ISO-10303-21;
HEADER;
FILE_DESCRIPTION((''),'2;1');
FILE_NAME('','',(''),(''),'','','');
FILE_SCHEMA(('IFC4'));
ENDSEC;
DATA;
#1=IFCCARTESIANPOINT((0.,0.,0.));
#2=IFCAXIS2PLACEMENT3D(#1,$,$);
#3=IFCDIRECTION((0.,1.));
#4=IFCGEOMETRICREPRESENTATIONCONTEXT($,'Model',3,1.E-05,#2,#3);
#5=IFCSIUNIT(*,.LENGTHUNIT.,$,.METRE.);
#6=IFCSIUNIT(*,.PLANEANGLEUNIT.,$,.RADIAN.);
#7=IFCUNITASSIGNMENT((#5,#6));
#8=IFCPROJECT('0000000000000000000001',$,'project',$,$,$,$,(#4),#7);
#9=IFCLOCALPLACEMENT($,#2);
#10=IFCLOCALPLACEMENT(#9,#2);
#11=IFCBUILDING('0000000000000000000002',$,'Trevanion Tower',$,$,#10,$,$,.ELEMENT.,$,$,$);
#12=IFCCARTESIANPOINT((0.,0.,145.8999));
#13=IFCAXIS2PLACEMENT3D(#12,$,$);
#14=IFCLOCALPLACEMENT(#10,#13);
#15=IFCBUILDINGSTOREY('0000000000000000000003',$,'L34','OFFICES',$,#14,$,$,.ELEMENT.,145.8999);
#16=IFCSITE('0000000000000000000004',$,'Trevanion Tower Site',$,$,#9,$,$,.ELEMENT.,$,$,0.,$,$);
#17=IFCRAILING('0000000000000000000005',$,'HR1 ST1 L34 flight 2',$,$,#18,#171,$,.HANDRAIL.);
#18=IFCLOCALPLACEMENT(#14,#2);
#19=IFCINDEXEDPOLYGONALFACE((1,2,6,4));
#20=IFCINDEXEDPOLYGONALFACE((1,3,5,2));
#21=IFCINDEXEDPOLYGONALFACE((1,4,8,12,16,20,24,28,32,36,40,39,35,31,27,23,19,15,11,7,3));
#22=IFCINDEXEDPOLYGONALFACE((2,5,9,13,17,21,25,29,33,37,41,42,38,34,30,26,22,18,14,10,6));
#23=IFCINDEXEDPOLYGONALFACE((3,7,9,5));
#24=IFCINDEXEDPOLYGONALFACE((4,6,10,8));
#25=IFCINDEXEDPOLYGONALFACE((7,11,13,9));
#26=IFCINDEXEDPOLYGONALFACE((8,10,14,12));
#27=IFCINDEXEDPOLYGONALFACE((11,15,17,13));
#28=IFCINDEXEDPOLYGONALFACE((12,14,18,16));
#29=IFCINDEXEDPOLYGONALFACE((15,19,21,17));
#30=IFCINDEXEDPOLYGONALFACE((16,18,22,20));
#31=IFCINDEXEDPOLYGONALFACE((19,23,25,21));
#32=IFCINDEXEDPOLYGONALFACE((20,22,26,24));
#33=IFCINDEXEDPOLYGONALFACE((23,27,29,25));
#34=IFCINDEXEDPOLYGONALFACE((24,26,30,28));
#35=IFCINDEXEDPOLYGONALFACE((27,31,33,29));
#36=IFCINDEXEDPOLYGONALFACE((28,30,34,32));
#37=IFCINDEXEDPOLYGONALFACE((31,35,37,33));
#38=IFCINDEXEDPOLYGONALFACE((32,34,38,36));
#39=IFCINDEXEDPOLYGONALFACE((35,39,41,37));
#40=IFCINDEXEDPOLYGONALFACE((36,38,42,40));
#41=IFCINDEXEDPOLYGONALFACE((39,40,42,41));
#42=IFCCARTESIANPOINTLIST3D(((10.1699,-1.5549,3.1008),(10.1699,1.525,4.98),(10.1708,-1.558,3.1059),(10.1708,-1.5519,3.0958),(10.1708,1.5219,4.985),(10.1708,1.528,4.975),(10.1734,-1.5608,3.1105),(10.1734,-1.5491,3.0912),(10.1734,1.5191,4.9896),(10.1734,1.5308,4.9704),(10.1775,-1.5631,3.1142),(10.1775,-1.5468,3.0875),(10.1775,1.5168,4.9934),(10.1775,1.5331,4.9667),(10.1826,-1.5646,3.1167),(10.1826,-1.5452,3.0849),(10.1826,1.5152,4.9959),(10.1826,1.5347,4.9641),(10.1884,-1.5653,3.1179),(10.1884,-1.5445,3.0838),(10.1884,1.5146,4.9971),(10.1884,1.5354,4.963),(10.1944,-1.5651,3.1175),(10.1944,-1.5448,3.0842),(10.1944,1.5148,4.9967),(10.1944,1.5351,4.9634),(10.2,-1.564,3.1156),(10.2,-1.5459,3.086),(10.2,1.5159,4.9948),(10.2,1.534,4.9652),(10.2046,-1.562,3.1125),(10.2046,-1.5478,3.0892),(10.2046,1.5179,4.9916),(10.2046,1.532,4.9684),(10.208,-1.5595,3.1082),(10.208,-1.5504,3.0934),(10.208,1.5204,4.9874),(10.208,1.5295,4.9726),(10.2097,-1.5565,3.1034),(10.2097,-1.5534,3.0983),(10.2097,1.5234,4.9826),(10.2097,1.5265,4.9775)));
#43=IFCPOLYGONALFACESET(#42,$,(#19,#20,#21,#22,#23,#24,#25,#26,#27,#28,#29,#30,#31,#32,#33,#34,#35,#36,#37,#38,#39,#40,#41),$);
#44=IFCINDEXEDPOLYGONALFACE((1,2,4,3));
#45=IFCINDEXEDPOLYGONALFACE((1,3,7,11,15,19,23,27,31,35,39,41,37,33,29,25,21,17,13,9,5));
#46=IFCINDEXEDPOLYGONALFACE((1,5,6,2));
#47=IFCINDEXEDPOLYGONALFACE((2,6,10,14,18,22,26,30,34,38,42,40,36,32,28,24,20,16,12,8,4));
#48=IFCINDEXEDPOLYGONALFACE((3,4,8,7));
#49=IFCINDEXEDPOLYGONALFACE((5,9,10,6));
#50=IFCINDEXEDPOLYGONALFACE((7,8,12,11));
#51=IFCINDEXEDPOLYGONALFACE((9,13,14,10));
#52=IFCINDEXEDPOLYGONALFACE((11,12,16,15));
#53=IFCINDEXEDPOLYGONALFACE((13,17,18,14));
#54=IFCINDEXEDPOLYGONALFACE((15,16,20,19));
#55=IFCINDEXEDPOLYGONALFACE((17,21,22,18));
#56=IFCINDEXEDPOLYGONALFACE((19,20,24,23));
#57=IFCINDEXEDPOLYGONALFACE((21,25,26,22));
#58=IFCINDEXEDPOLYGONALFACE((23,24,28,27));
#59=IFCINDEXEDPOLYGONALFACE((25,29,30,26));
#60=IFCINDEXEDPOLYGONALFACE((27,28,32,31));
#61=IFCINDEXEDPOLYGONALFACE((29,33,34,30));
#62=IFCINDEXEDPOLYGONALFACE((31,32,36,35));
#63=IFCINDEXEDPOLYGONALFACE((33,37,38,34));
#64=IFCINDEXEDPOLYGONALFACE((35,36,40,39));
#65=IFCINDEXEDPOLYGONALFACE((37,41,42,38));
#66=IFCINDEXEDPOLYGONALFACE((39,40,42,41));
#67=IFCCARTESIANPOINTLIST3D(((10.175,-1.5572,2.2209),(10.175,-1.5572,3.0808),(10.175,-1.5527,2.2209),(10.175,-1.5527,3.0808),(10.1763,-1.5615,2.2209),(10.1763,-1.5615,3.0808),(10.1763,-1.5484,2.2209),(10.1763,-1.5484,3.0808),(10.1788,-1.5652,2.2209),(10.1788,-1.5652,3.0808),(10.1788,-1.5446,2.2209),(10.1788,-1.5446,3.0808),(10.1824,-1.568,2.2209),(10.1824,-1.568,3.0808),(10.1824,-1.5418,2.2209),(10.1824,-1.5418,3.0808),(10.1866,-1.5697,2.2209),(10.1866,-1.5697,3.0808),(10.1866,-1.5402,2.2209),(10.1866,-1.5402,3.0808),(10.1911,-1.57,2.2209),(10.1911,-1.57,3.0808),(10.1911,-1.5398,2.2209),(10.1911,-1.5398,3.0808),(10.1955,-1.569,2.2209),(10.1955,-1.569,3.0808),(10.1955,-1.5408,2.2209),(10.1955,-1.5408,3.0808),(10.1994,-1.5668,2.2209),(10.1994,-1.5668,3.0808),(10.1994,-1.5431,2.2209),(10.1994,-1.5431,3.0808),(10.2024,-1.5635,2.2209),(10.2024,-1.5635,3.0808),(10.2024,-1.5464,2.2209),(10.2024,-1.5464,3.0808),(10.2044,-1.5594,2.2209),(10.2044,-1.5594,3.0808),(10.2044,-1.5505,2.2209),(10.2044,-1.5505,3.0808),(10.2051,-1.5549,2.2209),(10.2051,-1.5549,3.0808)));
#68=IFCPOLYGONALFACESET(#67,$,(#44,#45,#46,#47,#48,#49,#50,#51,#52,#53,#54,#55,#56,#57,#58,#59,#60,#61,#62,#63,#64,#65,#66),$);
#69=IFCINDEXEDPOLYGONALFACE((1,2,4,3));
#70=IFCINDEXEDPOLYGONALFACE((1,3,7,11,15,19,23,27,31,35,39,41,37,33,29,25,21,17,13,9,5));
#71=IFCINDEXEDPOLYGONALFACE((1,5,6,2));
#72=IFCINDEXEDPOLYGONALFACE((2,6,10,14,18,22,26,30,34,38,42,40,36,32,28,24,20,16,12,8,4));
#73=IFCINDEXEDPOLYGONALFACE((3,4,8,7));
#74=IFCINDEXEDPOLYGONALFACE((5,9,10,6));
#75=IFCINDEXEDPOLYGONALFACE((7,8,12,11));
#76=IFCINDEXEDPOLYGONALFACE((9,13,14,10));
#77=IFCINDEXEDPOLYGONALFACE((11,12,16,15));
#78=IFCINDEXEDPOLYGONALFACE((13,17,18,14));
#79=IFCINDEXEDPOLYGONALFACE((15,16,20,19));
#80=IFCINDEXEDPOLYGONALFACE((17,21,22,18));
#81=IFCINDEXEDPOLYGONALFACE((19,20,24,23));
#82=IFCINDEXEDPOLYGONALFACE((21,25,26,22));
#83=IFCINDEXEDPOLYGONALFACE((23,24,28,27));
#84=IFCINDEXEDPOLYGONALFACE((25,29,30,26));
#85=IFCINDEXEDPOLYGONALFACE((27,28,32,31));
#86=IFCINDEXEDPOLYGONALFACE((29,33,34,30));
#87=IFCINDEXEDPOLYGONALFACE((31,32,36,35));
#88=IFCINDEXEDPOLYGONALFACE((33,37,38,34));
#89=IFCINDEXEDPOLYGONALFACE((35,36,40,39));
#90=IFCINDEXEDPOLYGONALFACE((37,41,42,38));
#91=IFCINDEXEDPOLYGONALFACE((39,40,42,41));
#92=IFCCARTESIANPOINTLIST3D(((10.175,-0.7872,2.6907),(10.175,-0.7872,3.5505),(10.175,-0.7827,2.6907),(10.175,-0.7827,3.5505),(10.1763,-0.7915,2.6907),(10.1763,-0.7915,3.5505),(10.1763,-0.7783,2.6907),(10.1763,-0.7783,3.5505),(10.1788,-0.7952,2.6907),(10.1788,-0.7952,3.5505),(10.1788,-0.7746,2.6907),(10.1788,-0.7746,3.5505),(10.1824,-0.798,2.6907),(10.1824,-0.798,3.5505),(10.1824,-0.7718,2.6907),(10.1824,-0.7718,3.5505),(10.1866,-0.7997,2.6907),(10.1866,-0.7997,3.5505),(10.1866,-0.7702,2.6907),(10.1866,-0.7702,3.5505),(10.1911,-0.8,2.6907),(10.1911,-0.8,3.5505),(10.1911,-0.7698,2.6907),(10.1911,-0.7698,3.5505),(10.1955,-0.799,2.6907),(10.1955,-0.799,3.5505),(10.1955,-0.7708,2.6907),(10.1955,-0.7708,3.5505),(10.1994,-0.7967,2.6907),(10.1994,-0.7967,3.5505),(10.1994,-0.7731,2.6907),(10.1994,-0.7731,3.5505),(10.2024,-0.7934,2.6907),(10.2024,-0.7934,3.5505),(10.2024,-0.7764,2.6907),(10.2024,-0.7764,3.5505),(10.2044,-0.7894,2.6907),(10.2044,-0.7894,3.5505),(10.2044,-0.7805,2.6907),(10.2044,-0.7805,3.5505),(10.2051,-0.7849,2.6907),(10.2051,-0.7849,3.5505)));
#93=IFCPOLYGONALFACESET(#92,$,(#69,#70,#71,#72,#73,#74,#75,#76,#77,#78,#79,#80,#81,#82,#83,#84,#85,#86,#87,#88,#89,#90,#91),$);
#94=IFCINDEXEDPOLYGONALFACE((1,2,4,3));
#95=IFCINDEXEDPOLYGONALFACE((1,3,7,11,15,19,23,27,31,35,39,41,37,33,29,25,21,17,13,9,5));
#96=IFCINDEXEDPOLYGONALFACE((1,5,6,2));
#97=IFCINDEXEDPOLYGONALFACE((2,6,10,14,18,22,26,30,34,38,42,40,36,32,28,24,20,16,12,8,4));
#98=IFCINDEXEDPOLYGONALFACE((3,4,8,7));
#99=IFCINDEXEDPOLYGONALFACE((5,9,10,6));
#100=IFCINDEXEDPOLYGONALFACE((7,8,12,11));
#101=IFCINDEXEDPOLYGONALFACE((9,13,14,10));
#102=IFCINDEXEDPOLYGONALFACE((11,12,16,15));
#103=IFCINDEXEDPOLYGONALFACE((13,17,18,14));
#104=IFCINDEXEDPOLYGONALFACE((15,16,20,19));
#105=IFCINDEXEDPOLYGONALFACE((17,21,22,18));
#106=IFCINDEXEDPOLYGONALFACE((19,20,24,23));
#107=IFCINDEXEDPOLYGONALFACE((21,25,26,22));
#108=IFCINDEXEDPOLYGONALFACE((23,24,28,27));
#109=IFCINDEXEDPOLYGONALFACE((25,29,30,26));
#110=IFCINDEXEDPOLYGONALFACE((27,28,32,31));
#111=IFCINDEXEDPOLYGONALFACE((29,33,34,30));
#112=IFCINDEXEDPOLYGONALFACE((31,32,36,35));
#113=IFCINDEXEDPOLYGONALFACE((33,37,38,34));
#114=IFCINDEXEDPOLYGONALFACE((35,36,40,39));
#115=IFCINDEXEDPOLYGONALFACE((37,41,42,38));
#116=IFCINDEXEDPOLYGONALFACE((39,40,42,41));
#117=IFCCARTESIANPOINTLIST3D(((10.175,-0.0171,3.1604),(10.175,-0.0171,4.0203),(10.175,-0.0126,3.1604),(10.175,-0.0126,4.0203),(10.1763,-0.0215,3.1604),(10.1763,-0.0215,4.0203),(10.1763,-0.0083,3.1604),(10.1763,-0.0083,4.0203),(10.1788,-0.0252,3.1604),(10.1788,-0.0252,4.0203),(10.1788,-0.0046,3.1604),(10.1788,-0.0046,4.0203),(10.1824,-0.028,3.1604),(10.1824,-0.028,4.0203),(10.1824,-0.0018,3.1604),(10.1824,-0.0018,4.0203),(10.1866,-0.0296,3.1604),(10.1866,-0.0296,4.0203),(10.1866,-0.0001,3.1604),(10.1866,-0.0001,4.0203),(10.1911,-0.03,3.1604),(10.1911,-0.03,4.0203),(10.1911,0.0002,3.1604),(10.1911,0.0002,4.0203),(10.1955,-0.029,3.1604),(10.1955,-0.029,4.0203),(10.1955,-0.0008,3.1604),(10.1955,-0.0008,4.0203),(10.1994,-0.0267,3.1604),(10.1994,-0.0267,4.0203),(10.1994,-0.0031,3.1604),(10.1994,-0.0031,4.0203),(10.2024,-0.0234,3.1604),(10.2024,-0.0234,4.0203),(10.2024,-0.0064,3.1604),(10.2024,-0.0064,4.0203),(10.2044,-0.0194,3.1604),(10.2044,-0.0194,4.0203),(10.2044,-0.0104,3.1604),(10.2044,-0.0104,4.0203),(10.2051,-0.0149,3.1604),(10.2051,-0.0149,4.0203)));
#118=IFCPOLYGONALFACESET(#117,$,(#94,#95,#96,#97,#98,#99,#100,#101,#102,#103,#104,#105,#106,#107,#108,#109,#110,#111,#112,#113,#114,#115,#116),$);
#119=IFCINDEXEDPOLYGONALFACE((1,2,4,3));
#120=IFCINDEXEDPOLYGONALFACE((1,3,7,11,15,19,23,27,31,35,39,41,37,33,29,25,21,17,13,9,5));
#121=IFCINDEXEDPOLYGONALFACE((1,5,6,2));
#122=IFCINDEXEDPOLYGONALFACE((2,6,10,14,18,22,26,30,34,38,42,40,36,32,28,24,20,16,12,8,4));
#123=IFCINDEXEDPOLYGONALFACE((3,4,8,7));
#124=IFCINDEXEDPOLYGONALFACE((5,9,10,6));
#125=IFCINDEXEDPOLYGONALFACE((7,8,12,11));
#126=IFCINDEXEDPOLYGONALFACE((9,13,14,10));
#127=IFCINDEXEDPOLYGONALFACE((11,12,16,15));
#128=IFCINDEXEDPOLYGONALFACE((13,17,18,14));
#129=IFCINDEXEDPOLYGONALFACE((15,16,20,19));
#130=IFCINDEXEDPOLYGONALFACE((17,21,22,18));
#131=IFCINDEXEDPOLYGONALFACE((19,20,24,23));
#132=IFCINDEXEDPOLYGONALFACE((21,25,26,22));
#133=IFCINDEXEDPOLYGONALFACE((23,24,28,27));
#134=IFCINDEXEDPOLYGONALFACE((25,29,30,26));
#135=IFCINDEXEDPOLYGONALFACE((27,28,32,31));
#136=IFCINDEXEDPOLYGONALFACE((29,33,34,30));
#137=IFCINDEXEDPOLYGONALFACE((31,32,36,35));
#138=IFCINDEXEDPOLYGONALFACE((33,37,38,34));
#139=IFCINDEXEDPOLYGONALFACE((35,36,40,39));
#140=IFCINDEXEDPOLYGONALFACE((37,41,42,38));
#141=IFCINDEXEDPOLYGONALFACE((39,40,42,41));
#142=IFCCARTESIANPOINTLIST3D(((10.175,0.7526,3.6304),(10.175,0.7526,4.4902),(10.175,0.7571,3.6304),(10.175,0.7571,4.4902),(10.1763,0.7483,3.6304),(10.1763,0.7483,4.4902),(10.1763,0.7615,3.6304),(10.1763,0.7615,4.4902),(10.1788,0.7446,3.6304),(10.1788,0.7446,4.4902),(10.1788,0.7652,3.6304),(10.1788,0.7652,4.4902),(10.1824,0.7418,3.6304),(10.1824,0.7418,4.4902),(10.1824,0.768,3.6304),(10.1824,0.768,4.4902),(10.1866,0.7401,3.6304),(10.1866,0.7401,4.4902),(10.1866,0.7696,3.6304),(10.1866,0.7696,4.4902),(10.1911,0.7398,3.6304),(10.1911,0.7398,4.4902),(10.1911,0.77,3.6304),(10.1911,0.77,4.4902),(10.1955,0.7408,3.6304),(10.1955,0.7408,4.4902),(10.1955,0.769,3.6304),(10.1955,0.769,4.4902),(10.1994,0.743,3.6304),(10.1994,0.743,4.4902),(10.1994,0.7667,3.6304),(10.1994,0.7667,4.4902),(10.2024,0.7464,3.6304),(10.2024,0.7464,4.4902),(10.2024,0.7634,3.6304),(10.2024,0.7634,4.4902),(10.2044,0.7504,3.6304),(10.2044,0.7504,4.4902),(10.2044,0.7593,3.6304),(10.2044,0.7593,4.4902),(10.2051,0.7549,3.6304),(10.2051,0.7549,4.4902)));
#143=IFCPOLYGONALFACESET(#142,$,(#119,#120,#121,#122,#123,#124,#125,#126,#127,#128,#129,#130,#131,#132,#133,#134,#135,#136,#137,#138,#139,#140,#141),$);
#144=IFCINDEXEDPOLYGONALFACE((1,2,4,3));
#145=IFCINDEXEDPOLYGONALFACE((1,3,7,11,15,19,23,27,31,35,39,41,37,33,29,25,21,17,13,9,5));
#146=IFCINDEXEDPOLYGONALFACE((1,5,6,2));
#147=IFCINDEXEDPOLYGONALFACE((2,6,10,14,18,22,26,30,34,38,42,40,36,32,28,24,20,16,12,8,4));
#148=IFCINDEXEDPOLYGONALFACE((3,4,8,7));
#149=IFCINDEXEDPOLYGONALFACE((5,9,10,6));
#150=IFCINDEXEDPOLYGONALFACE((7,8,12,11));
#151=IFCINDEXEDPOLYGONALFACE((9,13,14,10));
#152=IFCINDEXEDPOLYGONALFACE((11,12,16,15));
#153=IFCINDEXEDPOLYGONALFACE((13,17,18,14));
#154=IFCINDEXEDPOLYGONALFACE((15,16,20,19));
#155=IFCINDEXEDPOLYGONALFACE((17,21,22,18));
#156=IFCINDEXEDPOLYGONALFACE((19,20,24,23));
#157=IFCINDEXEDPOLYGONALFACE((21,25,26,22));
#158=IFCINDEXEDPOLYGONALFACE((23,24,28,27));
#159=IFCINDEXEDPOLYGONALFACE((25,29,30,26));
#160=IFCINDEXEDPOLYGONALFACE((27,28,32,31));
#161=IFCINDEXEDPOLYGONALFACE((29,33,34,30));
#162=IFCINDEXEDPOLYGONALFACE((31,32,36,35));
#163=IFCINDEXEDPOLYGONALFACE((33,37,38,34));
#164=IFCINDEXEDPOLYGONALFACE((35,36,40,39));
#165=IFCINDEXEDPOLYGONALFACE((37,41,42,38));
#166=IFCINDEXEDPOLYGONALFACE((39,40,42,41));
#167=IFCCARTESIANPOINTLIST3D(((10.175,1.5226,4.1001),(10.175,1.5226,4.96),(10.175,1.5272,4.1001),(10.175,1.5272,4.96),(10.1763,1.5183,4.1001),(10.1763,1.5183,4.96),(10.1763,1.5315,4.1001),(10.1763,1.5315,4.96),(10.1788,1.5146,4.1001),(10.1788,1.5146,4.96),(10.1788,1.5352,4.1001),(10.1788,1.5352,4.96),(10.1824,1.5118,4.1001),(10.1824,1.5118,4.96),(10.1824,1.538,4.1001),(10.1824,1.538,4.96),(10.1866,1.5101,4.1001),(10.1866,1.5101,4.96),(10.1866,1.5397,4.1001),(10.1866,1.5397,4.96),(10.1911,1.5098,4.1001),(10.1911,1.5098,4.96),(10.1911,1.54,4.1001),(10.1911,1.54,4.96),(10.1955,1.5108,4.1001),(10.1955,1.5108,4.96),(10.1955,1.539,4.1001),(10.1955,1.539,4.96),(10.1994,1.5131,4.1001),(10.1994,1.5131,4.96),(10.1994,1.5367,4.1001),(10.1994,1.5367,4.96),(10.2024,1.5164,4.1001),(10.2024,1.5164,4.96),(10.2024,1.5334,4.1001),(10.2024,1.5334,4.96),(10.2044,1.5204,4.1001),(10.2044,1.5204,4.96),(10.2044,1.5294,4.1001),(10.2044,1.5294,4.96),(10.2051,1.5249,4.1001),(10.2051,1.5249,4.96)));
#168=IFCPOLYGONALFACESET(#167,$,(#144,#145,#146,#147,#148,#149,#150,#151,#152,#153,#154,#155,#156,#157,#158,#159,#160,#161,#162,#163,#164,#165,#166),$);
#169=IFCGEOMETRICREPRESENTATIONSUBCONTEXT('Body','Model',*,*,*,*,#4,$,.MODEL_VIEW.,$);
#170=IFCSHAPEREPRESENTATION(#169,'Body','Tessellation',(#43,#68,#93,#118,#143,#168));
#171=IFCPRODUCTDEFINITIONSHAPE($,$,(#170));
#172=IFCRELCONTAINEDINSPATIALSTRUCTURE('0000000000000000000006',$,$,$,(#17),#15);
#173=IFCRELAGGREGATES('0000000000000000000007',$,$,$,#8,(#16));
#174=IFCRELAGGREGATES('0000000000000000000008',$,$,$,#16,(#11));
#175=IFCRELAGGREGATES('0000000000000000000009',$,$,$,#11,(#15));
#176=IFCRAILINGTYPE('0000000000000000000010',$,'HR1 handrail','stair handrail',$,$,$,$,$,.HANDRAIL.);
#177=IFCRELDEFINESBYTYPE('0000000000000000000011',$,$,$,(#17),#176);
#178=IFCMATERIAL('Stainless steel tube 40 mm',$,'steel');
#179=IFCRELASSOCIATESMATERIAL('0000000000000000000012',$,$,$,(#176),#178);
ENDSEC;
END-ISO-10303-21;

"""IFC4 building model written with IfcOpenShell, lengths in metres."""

from ifc_helpers import new_model, si_unit, direction, frame, origin, origin_2d, place, context, subcontext, project, spatial, circle, extrude, material, type_object, element, save


model = new_model("IFC4")

# Units and contexts
model_context = context("Model", 3, precision=1e-05, world=origin(), true_north=direction((0.0, 1.0)))
body_context = subcontext(model_context, "Body", "Model", "MODEL_VIEW")
ifc_project = project(units=[si_unit("LENGTHUNIT", "METRE"), si_unit("PLANEANGLEUNIT", "RADIAN")], contexts=[model_context])

# Site, building, storey
site_placement = place(None, origin())
site = spatial("IfcSite", under=ifc_project, at=site_placement, Name="Trevanion Tower Site", CompositionType="ELEMENT", RefElevation=0.0)
building_placement = place(site_placement, origin())
building = spatial("IfcBuilding", under=site, at=building_placement, Name="Trevanion Tower", CompositionType="ELEMENT")
storey_placement = place(building_placement, frame((0.0, 0.0, 145.8999)))
storey = spatial("IfcBuildingStorey", under=building, at=storey_placement, Name="L34", Description="OFFICES", CompositionType="ELEMENT", Elevation=145.8999)

# Railing
ifc_material_1 = material(Name="Stainless steel tube 40 mm", Category="steel")
railing_type = type_object("IfcRailingType", Name="HR1 handrail", Description="stair handrail", PredefinedType="HANDRAIL", material=ifc_material_1)
for number, where, name in (
    (1, (10.1899, -1.5549, 2.2209), "HR1 ST1 L34 flight 2"),
):
    element("IfcRailing", number, at=place(storey_placement, frame(where)), inside=storey, type_object=railing_type, Name=name, PredefinedType="HANDRAIL", context=body_context, shape_type="SweptSolid", body=[
        extrude(circle(Radius=0.02, at=origin_2d()), frame((0.0, 0.0, 0.8799), z_axis=(0.0, 0.853648, 0.52085), x_axis=(-1.0, 0.0, 0.0)), (0.0, 0.0, 1.0), 3.6079),
        extrude(circle(Radius=0.0151, at=origin_2d()), origin(), (0.0, 0.0, 1.0), 0.8599),
        extrude(circle(Radius=0.0151, at=origin_2d()), frame((0.0, 0.77, 0.4697)), (0.0, 0.0, 1.0), 0.8599),
        extrude(circle(Radius=0.0151, at=origin_2d()), frame((0.0, 1.54, 0.9395)), (0.0, 0.0, 1.0), 0.8599),
        extrude(circle(Radius=0.0151, at=origin_2d()), frame((0.0, 2.3098, 1.4094)), (0.0, 0.0, 1.0), 0.8599),
        extrude(circle(Radius=0.0151, at=origin_2d()), frame((0.0, 3.0798, 1.8792)), (0.0, 0.0, 1.0), 0.8599),
    ])

save(model, "model.ifc")
